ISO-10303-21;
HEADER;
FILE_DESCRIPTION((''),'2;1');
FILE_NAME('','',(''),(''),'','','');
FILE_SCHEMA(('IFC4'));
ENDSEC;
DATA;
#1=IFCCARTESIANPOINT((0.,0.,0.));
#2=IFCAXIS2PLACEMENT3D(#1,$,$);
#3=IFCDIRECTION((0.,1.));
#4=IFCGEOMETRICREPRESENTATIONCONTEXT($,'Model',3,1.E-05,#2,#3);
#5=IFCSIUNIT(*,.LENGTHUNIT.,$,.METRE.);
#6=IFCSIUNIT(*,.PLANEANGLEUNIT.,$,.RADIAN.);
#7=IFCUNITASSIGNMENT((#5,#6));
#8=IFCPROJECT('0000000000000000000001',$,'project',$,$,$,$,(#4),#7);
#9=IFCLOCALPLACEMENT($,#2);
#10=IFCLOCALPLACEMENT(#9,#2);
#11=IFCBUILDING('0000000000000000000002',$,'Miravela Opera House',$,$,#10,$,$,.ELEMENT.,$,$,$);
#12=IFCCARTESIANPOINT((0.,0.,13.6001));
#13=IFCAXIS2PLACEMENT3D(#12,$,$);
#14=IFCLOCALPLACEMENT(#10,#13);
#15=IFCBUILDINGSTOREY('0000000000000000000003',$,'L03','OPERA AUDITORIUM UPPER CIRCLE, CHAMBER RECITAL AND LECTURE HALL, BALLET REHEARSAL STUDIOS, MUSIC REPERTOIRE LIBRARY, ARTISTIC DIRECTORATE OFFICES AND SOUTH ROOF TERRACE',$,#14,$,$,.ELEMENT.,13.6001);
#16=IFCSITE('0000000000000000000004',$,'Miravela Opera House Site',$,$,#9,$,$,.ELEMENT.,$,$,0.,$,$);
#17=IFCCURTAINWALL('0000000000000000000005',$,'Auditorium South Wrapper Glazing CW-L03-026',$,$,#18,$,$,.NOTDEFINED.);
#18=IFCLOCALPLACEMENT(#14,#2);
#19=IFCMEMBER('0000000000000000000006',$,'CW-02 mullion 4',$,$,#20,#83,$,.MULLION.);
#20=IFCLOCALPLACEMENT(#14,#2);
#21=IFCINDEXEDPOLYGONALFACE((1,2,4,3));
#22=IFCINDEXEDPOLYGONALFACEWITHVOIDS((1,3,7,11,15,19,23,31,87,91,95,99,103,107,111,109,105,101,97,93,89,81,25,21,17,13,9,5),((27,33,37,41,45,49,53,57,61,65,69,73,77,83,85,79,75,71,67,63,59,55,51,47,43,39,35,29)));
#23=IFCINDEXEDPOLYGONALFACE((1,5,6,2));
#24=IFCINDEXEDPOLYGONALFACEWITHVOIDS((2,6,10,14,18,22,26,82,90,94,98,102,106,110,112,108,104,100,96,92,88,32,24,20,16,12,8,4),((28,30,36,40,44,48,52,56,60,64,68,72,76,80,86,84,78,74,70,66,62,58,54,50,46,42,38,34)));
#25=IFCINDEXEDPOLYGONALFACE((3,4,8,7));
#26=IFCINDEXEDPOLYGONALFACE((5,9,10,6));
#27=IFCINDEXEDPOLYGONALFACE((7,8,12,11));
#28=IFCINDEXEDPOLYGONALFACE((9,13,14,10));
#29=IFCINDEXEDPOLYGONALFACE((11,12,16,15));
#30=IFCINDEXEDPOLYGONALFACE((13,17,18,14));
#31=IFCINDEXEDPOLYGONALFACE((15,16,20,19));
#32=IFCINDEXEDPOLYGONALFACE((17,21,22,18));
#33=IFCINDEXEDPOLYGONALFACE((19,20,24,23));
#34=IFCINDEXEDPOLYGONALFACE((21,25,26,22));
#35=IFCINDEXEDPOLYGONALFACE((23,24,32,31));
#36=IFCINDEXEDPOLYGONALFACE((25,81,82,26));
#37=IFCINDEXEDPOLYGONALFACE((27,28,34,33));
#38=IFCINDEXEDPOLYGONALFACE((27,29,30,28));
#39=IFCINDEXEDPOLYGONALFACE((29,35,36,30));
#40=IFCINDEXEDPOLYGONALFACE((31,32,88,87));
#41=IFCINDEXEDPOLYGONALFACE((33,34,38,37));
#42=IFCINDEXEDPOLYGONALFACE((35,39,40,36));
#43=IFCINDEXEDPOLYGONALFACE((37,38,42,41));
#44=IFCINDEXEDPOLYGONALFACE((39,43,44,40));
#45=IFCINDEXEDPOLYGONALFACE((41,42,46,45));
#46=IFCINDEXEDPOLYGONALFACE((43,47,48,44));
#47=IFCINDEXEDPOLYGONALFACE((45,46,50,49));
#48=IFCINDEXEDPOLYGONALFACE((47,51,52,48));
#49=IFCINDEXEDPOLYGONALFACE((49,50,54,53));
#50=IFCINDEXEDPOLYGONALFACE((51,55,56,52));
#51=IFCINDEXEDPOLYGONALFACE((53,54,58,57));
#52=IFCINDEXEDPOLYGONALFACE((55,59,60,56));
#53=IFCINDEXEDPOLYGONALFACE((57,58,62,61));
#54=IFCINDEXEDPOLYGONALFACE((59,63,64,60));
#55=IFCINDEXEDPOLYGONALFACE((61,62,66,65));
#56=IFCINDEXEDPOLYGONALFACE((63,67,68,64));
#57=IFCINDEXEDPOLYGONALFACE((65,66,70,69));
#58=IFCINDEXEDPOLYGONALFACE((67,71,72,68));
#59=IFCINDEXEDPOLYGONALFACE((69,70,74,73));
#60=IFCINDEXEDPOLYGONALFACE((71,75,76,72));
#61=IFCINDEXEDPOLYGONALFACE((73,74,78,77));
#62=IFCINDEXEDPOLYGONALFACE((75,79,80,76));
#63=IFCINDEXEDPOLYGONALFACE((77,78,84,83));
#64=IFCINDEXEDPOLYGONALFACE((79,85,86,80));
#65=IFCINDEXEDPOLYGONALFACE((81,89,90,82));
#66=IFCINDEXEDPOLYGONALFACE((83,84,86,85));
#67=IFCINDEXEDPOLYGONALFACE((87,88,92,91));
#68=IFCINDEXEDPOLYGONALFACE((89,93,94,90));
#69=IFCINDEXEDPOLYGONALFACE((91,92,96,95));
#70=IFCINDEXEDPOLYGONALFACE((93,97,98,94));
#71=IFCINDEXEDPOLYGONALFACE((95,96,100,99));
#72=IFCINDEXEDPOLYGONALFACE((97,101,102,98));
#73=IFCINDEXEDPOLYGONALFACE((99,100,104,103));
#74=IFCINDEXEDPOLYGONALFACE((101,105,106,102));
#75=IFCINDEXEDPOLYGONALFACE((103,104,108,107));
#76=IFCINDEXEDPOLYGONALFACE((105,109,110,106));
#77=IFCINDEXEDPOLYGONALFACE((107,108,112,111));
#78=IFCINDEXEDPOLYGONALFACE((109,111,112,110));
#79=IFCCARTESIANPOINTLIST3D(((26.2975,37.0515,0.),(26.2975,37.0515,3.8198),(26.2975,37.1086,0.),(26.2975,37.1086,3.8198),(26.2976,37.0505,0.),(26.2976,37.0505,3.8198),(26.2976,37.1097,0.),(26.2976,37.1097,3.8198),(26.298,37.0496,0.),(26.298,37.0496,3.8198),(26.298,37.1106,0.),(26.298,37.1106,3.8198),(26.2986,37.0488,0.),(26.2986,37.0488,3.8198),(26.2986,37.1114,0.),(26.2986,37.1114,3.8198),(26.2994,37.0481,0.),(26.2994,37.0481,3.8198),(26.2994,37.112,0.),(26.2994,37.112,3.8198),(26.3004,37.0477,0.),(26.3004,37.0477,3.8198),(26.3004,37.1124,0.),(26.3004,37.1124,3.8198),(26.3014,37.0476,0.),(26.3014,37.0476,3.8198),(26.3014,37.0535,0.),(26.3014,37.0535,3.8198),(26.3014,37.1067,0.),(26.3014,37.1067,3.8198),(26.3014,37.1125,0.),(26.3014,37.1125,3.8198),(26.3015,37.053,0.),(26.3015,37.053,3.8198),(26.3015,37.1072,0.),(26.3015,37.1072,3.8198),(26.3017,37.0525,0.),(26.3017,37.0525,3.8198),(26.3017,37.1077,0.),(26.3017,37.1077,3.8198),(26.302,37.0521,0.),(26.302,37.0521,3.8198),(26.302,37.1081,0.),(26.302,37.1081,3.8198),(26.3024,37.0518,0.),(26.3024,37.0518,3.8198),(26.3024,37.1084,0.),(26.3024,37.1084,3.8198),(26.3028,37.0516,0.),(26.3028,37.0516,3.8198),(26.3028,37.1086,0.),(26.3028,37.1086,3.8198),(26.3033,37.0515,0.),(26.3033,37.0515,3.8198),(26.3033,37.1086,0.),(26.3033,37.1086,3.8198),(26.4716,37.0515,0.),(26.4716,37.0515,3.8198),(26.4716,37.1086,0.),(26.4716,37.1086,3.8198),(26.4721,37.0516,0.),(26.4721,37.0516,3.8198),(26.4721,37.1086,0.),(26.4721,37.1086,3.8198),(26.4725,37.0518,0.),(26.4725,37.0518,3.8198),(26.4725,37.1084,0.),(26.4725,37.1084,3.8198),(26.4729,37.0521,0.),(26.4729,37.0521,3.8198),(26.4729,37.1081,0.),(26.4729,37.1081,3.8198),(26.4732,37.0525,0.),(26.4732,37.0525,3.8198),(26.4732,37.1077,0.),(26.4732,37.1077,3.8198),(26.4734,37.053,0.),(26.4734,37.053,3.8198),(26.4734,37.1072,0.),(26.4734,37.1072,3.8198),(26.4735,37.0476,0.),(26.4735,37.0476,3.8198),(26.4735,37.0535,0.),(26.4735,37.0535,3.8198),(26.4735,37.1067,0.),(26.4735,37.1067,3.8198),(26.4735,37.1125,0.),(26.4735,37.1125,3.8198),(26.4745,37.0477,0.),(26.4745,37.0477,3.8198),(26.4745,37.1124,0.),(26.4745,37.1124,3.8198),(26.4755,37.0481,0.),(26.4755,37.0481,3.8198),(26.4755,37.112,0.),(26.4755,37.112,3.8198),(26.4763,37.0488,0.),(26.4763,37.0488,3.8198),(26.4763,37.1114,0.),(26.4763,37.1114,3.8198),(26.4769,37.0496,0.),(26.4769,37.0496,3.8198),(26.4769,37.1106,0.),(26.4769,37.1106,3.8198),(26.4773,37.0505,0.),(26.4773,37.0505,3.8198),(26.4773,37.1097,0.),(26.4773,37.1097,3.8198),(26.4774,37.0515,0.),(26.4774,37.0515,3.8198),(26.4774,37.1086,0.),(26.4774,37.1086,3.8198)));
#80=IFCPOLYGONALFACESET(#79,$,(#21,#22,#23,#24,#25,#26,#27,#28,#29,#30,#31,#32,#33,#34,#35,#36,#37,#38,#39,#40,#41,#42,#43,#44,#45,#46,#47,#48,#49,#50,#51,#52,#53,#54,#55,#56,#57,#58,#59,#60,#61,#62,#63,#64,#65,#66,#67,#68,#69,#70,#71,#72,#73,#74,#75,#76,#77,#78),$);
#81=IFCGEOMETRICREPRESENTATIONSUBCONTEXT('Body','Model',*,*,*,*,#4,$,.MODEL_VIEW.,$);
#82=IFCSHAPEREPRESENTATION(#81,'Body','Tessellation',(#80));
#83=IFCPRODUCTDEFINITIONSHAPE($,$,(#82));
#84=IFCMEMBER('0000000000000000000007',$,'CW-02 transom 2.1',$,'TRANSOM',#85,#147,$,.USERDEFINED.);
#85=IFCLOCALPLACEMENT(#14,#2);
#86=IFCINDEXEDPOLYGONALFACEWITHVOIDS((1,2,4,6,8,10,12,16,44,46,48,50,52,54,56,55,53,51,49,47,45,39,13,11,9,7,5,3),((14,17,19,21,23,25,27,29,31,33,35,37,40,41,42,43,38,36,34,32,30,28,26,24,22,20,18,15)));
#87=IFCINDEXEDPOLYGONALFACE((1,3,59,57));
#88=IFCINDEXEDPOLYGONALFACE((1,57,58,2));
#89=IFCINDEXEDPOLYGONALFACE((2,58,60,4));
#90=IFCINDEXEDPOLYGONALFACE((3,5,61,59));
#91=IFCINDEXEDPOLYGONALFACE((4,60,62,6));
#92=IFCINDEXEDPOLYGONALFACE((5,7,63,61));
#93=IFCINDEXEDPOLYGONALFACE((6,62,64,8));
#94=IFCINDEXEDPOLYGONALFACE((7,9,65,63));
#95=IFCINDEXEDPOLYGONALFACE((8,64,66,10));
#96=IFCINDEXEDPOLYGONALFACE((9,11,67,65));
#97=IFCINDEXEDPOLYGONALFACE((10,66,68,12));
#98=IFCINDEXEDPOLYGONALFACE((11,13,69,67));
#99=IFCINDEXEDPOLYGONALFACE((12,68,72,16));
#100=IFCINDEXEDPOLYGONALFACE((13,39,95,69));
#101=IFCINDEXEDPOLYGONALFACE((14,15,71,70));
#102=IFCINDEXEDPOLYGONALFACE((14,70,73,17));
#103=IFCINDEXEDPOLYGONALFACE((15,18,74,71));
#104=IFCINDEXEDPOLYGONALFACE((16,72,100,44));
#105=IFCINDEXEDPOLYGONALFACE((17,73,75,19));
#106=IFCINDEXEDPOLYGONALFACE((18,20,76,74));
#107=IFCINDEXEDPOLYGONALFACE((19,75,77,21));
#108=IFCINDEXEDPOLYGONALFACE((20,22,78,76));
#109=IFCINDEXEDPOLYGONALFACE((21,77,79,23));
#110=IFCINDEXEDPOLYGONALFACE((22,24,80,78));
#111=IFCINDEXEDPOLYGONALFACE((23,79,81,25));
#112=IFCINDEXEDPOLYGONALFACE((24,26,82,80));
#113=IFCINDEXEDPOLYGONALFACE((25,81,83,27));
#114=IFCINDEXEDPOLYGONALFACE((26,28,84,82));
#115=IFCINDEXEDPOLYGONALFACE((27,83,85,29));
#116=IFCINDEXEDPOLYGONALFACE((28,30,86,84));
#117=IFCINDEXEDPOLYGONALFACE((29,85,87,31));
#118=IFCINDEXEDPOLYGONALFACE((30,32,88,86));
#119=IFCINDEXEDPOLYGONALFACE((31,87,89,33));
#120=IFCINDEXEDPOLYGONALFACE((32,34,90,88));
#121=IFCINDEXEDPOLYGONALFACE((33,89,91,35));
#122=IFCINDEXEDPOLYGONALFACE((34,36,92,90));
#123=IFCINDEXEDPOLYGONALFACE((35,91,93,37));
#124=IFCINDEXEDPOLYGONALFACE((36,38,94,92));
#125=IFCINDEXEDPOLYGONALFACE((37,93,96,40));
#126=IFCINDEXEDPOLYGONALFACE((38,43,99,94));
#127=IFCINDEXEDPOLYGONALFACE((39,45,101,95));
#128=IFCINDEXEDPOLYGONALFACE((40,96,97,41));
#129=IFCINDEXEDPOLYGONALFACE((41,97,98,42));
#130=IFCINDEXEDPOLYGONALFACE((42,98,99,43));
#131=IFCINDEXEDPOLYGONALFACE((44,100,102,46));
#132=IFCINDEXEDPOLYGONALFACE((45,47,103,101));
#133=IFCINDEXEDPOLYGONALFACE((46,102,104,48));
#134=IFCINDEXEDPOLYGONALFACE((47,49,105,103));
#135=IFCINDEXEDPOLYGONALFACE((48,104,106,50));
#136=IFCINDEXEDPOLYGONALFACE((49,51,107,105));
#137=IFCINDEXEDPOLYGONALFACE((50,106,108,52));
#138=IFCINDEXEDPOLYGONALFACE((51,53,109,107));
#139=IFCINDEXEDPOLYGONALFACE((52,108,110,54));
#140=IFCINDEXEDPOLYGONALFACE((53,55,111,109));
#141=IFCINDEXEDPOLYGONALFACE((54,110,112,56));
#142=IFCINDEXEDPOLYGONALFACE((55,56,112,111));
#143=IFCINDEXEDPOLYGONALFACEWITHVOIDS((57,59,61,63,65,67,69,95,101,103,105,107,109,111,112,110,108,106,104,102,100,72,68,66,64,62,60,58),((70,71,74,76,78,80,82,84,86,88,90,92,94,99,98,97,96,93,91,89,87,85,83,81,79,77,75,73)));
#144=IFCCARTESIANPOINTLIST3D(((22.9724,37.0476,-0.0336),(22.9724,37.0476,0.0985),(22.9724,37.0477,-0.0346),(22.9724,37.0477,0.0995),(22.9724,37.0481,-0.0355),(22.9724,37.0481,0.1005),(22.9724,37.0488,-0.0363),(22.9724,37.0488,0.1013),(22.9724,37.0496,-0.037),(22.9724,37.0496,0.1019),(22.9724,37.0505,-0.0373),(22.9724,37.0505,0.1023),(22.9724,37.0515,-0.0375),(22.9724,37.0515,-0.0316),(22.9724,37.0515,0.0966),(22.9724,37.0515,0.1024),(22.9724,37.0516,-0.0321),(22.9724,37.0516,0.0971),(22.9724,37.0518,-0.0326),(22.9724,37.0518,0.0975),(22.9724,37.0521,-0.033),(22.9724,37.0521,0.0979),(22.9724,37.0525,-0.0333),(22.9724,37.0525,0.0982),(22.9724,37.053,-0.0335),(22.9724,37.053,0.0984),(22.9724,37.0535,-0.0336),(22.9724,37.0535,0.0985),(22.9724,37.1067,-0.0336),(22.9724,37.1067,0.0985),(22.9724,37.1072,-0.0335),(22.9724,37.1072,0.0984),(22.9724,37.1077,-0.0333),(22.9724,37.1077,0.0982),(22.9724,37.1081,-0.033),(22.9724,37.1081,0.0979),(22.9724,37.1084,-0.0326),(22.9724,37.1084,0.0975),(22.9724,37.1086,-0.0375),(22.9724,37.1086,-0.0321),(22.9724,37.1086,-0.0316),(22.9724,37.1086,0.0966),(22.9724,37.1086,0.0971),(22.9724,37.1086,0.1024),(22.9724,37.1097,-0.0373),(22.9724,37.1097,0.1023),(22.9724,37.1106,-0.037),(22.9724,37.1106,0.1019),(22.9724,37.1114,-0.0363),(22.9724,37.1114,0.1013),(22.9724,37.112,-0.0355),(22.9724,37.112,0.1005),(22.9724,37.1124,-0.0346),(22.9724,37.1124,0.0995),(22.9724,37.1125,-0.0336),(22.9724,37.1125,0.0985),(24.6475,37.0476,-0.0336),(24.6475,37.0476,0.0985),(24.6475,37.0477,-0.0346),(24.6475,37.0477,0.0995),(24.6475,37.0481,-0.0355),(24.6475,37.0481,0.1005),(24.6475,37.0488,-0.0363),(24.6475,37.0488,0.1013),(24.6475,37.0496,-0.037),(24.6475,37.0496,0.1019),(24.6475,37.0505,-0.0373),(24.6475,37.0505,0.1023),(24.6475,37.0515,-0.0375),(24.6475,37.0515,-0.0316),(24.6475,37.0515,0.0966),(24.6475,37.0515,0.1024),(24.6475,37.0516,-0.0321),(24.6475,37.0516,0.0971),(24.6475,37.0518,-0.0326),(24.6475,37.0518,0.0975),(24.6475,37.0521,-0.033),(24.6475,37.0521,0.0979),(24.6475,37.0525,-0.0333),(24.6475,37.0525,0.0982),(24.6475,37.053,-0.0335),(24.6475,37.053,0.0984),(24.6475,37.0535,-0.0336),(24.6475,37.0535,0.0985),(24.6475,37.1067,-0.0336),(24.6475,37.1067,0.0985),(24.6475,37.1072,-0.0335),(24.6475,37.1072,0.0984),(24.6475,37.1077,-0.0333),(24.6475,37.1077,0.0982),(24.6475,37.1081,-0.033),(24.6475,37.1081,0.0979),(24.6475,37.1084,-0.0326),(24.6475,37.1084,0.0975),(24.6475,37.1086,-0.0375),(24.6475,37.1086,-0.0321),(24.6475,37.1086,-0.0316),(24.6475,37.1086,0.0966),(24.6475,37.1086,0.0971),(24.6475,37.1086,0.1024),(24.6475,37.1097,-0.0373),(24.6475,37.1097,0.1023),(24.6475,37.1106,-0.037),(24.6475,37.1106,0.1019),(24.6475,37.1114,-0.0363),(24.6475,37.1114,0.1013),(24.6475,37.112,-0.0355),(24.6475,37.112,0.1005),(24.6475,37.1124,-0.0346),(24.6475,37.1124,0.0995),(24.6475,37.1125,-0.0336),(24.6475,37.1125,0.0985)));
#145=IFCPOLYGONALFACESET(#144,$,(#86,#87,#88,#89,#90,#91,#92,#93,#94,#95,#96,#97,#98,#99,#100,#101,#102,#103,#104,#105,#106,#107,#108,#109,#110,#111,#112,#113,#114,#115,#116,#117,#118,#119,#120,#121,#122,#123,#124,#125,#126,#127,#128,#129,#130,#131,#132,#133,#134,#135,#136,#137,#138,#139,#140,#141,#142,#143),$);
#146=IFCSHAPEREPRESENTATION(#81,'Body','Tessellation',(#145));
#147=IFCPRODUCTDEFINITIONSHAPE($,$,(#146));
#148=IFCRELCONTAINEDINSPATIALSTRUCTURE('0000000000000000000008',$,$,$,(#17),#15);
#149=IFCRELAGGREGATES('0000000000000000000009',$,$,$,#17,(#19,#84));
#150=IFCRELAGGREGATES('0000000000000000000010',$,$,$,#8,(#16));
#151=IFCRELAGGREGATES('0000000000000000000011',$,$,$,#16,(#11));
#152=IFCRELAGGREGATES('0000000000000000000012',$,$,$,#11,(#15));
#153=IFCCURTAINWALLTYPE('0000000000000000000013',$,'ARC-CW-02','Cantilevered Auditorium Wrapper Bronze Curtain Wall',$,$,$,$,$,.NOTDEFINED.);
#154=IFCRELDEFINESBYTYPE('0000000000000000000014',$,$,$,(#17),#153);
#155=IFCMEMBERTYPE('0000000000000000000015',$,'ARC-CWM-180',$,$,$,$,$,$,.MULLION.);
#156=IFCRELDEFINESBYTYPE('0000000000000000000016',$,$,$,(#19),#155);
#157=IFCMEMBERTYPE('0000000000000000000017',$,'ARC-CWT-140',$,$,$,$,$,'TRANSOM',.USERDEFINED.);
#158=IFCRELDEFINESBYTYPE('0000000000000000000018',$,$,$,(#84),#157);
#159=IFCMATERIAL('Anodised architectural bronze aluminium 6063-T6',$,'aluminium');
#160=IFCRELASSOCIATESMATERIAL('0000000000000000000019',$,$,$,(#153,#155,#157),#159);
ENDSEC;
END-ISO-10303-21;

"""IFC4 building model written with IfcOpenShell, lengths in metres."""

from ifc_helpers import new_model, si_unit, direction, frame, origin, origin_2d, place, context, subcontext, project, spatial, hollow_rectangle, extrude, material, material_profile, profile_set, type_object, element, aggregate, save


model = new_model("IFC4")

# Units and contexts
model_context = context("Model", 3, precision=1e-05, world=origin(), true_north=direction((0.0, 1.0)))
body_context = subcontext(model_context, "Body", "Model", "MODEL_VIEW")
ifc_project = project(units=[si_unit("LENGTHUNIT", "METRE"), si_unit("PLANEANGLEUNIT", "RADIAN")], contexts=[model_context])

# Site, building, storey
site_placement = place(None, origin())
site = spatial("IfcSite", under=ifc_project, at=site_placement, Name="Miravela Opera House Site", CompositionType="ELEMENT", RefElevation=0.0)
building_placement = place(site_placement, origin())
building = spatial("IfcBuilding", under=site, at=building_placement, Name="Miravela Opera House", CompositionType="ELEMENT")
storey_placement = place(building_placement, frame((0.0, 0.0, 13.6001)))
storey = spatial("IfcBuildingStorey", under=building, at=storey_placement, Name="L03", Description="OPERA AUDITORIUM UPPER CIRCLE, CHAMBER RECITAL AND LECTURE HALL, BALLET REHEARSAL STUDIOS, MUSIC REPERTOIRE LIBRARY, ARTISTIC DIRECTORATE OFFICES AND SOUTH ROOF TERRACE", CompositionType="ELEMENT", Elevation=13.6001)

# Curtain wall, members
ifc_material_1 = material(Name="Anodised architectural bronze aluminium 6063-T6", Category="aluminium")
curtain_wall_type = type_object("IfcCurtainWallType", Name="ARC-CW-02", Description="Cantilevered Auditorium Wrapper Bronze Curtain Wall", PredefinedType="NOTDEFINED", material=ifc_material_1)
curtain_wall_placement = place(storey_placement, origin())
curtain_wall = element("IfcCurtainWall", 1, at=curtain_wall_placement, inside=storey, type_object=curtain_wall_type, Name="Auditorium South Wrapper Glazing CW-L03-026", PredefinedType="NOTDEFINED")
ifc_material_profile_1 = material_profile(ifc_material_1, hollow_rectangle(XDim=0.0649, YDim=0.1799, WallThickness=0.0039, InnerFilletRadius=0.002, OuterFilletRadius=0.0039, at=origin_2d()), Name="CWM-65X180")
ifc_profile_set_1 = profile_set([ifc_material_profile_1])
member_type_1 = type_object("IfcMemberType", Name="ARC-CWM-180", PredefinedType="MULLION", material=ifc_profile_set_1)
member_1_placement = place(storey_placement, frame((26.3875, 37.0801, 0.0), z_axis=(0.0, 0.0, 1.0), x_axis=(0.0, 1.0, 0.0)))
member_1 = element("IfcMember", 2, at=member_1_placement, type_object=member_type_1, Name="CW-02 mullion 4", PredefinedType="MULLION", context=body_context, shape_type="SweptSolid", body=[
    extrude(hollow_rectangle(XDim=0.0649, YDim=0.1799, WallThickness=0.0039, InnerFilletRadius=0.002, OuterFilletRadius=0.0039, at=origin_2d()), origin(), (0.0, 0.0, 1.0), 3.8198),
])
ifc_material_profile_2 = material_profile(ifc_material_1, hollow_rectangle(XDim=0.0649, YDim=0.1399, WallThickness=0.0039, InnerFilletRadius=0.002, OuterFilletRadius=0.0039, at=origin_2d()), Name="CWT-65X140")
ifc_profile_set_2 = profile_set([ifc_material_profile_2])
member_type_2 = type_object("IfcMemberType", Name="ARC-CWT-140", ElementType="TRANSOM", PredefinedType="USERDEFINED", material=ifc_profile_set_2)
member_2_placement = place(storey_placement, frame((22.9724, 37.0801, 0.0325), z_axis=(1.0, 0.0, 0.0), x_axis=(0.0, 1.0, 0.0)))
member_2 = element("IfcMember", 3, at=member_2_placement, type_object=member_type_2, Name="CW-02 transom 2.1", ObjectType="TRANSOM", PredefinedType="USERDEFINED", context=body_context, shape_type="SweptSolid", body=[
    extrude(hollow_rectangle(XDim=0.0649, YDim=0.1399, WallThickness=0.0039, InnerFilletRadius=0.002, OuterFilletRadius=0.0039, at=origin_2d()), origin(), (0.0, 0.0, 1.0), 1.675),
])

aggregate(curtain_wall, [member_1, member_2])

save(model, "model.ifc")
